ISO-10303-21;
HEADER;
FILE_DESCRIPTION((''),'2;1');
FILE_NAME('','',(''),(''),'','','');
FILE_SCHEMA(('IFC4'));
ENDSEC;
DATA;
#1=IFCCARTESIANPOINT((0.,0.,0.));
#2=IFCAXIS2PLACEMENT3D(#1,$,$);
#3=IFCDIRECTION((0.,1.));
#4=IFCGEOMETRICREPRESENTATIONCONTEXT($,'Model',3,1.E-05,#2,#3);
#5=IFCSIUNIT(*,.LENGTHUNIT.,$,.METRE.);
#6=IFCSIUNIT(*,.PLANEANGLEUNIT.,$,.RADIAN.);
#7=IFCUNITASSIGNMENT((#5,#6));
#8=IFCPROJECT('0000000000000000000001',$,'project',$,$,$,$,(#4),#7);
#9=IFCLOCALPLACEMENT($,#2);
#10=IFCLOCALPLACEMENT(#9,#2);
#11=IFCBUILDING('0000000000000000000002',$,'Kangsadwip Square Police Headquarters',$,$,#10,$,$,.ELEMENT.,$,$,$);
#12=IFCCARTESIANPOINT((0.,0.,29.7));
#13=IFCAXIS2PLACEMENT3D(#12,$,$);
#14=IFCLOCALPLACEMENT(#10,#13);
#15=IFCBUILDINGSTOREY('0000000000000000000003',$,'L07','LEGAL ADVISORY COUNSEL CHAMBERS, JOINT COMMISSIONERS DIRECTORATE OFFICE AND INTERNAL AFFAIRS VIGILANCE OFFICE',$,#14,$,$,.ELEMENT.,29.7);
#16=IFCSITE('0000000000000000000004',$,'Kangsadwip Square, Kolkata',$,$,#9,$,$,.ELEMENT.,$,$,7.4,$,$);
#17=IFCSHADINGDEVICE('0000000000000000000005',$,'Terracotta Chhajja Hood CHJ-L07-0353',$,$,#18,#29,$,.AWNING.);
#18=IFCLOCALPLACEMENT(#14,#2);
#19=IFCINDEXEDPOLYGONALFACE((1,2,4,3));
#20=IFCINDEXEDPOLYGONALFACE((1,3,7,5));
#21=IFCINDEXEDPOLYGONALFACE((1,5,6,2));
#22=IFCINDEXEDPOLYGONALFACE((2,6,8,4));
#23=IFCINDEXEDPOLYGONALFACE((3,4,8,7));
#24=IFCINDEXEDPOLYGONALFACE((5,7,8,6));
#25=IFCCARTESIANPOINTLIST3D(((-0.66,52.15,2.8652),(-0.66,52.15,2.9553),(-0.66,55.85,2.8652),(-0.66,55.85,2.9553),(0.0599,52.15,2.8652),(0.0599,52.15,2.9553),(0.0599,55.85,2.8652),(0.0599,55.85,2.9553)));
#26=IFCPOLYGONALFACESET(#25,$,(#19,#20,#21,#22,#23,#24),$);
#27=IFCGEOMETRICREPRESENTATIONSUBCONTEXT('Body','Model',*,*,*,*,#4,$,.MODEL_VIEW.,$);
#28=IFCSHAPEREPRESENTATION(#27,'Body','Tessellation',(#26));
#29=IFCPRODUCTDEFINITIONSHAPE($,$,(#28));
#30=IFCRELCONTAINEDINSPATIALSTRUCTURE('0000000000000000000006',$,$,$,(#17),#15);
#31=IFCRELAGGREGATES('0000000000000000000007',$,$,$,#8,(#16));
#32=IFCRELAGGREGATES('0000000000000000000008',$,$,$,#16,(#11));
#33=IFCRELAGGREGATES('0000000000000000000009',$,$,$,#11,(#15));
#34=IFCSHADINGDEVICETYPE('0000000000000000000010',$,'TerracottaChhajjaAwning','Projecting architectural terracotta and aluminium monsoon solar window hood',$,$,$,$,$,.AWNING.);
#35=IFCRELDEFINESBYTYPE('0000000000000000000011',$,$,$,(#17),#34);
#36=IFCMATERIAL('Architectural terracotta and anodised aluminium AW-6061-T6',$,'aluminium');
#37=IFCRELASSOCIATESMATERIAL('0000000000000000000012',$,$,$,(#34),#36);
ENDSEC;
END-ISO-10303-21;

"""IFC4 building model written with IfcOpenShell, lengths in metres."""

from ifc_helpers import new_model, si_unit, direction, frame, origin, origin_2d, place, context, subcontext, project, spatial, rectangle, extrude, material, type_object, element, save


model = new_model("IFC4")

# Units and contexts
model_context = context("Model", 3, precision=1e-05, world=origin(), true_north=direction((0.0, 1.0)))
body_context = subcontext(model_context, "Body", "Model", "MODEL_VIEW")
ifc_project = project(units=[si_unit("LENGTHUNIT", "METRE"), si_unit("PLANEANGLEUNIT", "RADIAN")], contexts=[model_context])

# Site, building, storey
site_placement = place(None, origin())
site = spatial("IfcSite", under=ifc_project, at=site_placement, Name="Kangsadwip Square, Kolkata", CompositionType="ELEMENT", RefElevation=7.4)
building_placement = place(site_placement, origin())
building = spatial("IfcBuilding", under=site, at=building_placement, Name="Kangsadwip Square Police Headquarters", CompositionType="ELEMENT")
storey_placement = place(building_placement, frame((0.0, 0.0, 29.7)))
storey = spatial("IfcBuildingStorey", under=building, at=storey_placement, Name="L07", Description="LEGAL ADVISORY COUNSEL CHAMBERS, JOINT COMMISSIONERS DIRECTORATE OFFICE AND INTERNAL AFFAIRS VIGILANCE OFFICE", CompositionType="ELEMENT", Elevation=29.7)

# Shading device
ifc_material_1 = material(Name="Architectural terracotta and anodised aluminium AW-6061-T6", Category="aluminium")
shading_device_type = type_object("IfcShadingDeviceType", Name="TerracottaChhajjaAwning", Description="Projecting architectural terracotta and aluminium monsoon solar window hood", PredefinedType="AWNING", material=ifc_material_1)
shading_device_1_placement = place(storey_placement, frame((-0.3, 54.0, 2.8652), z_axis=(0.0, 0.0, 1.0), x_axis=(0.0, 1.0, 0.0)))
element("IfcShadingDevice", 1, at=shading_device_1_placement, inside=storey, type_object=shading_device_type, Name="Terracotta Chhajja Hood CHJ-L07-0353", PredefinedType="AWNING", context=body_context, shape_type="SweptSolid", body=[
    extrude(rectangle(XDim=3.7, YDim=0.72, at=origin_2d()), origin(), (0.0, 0.0, 1.0), 0.0901),
])

save(model, "model.ifc")
